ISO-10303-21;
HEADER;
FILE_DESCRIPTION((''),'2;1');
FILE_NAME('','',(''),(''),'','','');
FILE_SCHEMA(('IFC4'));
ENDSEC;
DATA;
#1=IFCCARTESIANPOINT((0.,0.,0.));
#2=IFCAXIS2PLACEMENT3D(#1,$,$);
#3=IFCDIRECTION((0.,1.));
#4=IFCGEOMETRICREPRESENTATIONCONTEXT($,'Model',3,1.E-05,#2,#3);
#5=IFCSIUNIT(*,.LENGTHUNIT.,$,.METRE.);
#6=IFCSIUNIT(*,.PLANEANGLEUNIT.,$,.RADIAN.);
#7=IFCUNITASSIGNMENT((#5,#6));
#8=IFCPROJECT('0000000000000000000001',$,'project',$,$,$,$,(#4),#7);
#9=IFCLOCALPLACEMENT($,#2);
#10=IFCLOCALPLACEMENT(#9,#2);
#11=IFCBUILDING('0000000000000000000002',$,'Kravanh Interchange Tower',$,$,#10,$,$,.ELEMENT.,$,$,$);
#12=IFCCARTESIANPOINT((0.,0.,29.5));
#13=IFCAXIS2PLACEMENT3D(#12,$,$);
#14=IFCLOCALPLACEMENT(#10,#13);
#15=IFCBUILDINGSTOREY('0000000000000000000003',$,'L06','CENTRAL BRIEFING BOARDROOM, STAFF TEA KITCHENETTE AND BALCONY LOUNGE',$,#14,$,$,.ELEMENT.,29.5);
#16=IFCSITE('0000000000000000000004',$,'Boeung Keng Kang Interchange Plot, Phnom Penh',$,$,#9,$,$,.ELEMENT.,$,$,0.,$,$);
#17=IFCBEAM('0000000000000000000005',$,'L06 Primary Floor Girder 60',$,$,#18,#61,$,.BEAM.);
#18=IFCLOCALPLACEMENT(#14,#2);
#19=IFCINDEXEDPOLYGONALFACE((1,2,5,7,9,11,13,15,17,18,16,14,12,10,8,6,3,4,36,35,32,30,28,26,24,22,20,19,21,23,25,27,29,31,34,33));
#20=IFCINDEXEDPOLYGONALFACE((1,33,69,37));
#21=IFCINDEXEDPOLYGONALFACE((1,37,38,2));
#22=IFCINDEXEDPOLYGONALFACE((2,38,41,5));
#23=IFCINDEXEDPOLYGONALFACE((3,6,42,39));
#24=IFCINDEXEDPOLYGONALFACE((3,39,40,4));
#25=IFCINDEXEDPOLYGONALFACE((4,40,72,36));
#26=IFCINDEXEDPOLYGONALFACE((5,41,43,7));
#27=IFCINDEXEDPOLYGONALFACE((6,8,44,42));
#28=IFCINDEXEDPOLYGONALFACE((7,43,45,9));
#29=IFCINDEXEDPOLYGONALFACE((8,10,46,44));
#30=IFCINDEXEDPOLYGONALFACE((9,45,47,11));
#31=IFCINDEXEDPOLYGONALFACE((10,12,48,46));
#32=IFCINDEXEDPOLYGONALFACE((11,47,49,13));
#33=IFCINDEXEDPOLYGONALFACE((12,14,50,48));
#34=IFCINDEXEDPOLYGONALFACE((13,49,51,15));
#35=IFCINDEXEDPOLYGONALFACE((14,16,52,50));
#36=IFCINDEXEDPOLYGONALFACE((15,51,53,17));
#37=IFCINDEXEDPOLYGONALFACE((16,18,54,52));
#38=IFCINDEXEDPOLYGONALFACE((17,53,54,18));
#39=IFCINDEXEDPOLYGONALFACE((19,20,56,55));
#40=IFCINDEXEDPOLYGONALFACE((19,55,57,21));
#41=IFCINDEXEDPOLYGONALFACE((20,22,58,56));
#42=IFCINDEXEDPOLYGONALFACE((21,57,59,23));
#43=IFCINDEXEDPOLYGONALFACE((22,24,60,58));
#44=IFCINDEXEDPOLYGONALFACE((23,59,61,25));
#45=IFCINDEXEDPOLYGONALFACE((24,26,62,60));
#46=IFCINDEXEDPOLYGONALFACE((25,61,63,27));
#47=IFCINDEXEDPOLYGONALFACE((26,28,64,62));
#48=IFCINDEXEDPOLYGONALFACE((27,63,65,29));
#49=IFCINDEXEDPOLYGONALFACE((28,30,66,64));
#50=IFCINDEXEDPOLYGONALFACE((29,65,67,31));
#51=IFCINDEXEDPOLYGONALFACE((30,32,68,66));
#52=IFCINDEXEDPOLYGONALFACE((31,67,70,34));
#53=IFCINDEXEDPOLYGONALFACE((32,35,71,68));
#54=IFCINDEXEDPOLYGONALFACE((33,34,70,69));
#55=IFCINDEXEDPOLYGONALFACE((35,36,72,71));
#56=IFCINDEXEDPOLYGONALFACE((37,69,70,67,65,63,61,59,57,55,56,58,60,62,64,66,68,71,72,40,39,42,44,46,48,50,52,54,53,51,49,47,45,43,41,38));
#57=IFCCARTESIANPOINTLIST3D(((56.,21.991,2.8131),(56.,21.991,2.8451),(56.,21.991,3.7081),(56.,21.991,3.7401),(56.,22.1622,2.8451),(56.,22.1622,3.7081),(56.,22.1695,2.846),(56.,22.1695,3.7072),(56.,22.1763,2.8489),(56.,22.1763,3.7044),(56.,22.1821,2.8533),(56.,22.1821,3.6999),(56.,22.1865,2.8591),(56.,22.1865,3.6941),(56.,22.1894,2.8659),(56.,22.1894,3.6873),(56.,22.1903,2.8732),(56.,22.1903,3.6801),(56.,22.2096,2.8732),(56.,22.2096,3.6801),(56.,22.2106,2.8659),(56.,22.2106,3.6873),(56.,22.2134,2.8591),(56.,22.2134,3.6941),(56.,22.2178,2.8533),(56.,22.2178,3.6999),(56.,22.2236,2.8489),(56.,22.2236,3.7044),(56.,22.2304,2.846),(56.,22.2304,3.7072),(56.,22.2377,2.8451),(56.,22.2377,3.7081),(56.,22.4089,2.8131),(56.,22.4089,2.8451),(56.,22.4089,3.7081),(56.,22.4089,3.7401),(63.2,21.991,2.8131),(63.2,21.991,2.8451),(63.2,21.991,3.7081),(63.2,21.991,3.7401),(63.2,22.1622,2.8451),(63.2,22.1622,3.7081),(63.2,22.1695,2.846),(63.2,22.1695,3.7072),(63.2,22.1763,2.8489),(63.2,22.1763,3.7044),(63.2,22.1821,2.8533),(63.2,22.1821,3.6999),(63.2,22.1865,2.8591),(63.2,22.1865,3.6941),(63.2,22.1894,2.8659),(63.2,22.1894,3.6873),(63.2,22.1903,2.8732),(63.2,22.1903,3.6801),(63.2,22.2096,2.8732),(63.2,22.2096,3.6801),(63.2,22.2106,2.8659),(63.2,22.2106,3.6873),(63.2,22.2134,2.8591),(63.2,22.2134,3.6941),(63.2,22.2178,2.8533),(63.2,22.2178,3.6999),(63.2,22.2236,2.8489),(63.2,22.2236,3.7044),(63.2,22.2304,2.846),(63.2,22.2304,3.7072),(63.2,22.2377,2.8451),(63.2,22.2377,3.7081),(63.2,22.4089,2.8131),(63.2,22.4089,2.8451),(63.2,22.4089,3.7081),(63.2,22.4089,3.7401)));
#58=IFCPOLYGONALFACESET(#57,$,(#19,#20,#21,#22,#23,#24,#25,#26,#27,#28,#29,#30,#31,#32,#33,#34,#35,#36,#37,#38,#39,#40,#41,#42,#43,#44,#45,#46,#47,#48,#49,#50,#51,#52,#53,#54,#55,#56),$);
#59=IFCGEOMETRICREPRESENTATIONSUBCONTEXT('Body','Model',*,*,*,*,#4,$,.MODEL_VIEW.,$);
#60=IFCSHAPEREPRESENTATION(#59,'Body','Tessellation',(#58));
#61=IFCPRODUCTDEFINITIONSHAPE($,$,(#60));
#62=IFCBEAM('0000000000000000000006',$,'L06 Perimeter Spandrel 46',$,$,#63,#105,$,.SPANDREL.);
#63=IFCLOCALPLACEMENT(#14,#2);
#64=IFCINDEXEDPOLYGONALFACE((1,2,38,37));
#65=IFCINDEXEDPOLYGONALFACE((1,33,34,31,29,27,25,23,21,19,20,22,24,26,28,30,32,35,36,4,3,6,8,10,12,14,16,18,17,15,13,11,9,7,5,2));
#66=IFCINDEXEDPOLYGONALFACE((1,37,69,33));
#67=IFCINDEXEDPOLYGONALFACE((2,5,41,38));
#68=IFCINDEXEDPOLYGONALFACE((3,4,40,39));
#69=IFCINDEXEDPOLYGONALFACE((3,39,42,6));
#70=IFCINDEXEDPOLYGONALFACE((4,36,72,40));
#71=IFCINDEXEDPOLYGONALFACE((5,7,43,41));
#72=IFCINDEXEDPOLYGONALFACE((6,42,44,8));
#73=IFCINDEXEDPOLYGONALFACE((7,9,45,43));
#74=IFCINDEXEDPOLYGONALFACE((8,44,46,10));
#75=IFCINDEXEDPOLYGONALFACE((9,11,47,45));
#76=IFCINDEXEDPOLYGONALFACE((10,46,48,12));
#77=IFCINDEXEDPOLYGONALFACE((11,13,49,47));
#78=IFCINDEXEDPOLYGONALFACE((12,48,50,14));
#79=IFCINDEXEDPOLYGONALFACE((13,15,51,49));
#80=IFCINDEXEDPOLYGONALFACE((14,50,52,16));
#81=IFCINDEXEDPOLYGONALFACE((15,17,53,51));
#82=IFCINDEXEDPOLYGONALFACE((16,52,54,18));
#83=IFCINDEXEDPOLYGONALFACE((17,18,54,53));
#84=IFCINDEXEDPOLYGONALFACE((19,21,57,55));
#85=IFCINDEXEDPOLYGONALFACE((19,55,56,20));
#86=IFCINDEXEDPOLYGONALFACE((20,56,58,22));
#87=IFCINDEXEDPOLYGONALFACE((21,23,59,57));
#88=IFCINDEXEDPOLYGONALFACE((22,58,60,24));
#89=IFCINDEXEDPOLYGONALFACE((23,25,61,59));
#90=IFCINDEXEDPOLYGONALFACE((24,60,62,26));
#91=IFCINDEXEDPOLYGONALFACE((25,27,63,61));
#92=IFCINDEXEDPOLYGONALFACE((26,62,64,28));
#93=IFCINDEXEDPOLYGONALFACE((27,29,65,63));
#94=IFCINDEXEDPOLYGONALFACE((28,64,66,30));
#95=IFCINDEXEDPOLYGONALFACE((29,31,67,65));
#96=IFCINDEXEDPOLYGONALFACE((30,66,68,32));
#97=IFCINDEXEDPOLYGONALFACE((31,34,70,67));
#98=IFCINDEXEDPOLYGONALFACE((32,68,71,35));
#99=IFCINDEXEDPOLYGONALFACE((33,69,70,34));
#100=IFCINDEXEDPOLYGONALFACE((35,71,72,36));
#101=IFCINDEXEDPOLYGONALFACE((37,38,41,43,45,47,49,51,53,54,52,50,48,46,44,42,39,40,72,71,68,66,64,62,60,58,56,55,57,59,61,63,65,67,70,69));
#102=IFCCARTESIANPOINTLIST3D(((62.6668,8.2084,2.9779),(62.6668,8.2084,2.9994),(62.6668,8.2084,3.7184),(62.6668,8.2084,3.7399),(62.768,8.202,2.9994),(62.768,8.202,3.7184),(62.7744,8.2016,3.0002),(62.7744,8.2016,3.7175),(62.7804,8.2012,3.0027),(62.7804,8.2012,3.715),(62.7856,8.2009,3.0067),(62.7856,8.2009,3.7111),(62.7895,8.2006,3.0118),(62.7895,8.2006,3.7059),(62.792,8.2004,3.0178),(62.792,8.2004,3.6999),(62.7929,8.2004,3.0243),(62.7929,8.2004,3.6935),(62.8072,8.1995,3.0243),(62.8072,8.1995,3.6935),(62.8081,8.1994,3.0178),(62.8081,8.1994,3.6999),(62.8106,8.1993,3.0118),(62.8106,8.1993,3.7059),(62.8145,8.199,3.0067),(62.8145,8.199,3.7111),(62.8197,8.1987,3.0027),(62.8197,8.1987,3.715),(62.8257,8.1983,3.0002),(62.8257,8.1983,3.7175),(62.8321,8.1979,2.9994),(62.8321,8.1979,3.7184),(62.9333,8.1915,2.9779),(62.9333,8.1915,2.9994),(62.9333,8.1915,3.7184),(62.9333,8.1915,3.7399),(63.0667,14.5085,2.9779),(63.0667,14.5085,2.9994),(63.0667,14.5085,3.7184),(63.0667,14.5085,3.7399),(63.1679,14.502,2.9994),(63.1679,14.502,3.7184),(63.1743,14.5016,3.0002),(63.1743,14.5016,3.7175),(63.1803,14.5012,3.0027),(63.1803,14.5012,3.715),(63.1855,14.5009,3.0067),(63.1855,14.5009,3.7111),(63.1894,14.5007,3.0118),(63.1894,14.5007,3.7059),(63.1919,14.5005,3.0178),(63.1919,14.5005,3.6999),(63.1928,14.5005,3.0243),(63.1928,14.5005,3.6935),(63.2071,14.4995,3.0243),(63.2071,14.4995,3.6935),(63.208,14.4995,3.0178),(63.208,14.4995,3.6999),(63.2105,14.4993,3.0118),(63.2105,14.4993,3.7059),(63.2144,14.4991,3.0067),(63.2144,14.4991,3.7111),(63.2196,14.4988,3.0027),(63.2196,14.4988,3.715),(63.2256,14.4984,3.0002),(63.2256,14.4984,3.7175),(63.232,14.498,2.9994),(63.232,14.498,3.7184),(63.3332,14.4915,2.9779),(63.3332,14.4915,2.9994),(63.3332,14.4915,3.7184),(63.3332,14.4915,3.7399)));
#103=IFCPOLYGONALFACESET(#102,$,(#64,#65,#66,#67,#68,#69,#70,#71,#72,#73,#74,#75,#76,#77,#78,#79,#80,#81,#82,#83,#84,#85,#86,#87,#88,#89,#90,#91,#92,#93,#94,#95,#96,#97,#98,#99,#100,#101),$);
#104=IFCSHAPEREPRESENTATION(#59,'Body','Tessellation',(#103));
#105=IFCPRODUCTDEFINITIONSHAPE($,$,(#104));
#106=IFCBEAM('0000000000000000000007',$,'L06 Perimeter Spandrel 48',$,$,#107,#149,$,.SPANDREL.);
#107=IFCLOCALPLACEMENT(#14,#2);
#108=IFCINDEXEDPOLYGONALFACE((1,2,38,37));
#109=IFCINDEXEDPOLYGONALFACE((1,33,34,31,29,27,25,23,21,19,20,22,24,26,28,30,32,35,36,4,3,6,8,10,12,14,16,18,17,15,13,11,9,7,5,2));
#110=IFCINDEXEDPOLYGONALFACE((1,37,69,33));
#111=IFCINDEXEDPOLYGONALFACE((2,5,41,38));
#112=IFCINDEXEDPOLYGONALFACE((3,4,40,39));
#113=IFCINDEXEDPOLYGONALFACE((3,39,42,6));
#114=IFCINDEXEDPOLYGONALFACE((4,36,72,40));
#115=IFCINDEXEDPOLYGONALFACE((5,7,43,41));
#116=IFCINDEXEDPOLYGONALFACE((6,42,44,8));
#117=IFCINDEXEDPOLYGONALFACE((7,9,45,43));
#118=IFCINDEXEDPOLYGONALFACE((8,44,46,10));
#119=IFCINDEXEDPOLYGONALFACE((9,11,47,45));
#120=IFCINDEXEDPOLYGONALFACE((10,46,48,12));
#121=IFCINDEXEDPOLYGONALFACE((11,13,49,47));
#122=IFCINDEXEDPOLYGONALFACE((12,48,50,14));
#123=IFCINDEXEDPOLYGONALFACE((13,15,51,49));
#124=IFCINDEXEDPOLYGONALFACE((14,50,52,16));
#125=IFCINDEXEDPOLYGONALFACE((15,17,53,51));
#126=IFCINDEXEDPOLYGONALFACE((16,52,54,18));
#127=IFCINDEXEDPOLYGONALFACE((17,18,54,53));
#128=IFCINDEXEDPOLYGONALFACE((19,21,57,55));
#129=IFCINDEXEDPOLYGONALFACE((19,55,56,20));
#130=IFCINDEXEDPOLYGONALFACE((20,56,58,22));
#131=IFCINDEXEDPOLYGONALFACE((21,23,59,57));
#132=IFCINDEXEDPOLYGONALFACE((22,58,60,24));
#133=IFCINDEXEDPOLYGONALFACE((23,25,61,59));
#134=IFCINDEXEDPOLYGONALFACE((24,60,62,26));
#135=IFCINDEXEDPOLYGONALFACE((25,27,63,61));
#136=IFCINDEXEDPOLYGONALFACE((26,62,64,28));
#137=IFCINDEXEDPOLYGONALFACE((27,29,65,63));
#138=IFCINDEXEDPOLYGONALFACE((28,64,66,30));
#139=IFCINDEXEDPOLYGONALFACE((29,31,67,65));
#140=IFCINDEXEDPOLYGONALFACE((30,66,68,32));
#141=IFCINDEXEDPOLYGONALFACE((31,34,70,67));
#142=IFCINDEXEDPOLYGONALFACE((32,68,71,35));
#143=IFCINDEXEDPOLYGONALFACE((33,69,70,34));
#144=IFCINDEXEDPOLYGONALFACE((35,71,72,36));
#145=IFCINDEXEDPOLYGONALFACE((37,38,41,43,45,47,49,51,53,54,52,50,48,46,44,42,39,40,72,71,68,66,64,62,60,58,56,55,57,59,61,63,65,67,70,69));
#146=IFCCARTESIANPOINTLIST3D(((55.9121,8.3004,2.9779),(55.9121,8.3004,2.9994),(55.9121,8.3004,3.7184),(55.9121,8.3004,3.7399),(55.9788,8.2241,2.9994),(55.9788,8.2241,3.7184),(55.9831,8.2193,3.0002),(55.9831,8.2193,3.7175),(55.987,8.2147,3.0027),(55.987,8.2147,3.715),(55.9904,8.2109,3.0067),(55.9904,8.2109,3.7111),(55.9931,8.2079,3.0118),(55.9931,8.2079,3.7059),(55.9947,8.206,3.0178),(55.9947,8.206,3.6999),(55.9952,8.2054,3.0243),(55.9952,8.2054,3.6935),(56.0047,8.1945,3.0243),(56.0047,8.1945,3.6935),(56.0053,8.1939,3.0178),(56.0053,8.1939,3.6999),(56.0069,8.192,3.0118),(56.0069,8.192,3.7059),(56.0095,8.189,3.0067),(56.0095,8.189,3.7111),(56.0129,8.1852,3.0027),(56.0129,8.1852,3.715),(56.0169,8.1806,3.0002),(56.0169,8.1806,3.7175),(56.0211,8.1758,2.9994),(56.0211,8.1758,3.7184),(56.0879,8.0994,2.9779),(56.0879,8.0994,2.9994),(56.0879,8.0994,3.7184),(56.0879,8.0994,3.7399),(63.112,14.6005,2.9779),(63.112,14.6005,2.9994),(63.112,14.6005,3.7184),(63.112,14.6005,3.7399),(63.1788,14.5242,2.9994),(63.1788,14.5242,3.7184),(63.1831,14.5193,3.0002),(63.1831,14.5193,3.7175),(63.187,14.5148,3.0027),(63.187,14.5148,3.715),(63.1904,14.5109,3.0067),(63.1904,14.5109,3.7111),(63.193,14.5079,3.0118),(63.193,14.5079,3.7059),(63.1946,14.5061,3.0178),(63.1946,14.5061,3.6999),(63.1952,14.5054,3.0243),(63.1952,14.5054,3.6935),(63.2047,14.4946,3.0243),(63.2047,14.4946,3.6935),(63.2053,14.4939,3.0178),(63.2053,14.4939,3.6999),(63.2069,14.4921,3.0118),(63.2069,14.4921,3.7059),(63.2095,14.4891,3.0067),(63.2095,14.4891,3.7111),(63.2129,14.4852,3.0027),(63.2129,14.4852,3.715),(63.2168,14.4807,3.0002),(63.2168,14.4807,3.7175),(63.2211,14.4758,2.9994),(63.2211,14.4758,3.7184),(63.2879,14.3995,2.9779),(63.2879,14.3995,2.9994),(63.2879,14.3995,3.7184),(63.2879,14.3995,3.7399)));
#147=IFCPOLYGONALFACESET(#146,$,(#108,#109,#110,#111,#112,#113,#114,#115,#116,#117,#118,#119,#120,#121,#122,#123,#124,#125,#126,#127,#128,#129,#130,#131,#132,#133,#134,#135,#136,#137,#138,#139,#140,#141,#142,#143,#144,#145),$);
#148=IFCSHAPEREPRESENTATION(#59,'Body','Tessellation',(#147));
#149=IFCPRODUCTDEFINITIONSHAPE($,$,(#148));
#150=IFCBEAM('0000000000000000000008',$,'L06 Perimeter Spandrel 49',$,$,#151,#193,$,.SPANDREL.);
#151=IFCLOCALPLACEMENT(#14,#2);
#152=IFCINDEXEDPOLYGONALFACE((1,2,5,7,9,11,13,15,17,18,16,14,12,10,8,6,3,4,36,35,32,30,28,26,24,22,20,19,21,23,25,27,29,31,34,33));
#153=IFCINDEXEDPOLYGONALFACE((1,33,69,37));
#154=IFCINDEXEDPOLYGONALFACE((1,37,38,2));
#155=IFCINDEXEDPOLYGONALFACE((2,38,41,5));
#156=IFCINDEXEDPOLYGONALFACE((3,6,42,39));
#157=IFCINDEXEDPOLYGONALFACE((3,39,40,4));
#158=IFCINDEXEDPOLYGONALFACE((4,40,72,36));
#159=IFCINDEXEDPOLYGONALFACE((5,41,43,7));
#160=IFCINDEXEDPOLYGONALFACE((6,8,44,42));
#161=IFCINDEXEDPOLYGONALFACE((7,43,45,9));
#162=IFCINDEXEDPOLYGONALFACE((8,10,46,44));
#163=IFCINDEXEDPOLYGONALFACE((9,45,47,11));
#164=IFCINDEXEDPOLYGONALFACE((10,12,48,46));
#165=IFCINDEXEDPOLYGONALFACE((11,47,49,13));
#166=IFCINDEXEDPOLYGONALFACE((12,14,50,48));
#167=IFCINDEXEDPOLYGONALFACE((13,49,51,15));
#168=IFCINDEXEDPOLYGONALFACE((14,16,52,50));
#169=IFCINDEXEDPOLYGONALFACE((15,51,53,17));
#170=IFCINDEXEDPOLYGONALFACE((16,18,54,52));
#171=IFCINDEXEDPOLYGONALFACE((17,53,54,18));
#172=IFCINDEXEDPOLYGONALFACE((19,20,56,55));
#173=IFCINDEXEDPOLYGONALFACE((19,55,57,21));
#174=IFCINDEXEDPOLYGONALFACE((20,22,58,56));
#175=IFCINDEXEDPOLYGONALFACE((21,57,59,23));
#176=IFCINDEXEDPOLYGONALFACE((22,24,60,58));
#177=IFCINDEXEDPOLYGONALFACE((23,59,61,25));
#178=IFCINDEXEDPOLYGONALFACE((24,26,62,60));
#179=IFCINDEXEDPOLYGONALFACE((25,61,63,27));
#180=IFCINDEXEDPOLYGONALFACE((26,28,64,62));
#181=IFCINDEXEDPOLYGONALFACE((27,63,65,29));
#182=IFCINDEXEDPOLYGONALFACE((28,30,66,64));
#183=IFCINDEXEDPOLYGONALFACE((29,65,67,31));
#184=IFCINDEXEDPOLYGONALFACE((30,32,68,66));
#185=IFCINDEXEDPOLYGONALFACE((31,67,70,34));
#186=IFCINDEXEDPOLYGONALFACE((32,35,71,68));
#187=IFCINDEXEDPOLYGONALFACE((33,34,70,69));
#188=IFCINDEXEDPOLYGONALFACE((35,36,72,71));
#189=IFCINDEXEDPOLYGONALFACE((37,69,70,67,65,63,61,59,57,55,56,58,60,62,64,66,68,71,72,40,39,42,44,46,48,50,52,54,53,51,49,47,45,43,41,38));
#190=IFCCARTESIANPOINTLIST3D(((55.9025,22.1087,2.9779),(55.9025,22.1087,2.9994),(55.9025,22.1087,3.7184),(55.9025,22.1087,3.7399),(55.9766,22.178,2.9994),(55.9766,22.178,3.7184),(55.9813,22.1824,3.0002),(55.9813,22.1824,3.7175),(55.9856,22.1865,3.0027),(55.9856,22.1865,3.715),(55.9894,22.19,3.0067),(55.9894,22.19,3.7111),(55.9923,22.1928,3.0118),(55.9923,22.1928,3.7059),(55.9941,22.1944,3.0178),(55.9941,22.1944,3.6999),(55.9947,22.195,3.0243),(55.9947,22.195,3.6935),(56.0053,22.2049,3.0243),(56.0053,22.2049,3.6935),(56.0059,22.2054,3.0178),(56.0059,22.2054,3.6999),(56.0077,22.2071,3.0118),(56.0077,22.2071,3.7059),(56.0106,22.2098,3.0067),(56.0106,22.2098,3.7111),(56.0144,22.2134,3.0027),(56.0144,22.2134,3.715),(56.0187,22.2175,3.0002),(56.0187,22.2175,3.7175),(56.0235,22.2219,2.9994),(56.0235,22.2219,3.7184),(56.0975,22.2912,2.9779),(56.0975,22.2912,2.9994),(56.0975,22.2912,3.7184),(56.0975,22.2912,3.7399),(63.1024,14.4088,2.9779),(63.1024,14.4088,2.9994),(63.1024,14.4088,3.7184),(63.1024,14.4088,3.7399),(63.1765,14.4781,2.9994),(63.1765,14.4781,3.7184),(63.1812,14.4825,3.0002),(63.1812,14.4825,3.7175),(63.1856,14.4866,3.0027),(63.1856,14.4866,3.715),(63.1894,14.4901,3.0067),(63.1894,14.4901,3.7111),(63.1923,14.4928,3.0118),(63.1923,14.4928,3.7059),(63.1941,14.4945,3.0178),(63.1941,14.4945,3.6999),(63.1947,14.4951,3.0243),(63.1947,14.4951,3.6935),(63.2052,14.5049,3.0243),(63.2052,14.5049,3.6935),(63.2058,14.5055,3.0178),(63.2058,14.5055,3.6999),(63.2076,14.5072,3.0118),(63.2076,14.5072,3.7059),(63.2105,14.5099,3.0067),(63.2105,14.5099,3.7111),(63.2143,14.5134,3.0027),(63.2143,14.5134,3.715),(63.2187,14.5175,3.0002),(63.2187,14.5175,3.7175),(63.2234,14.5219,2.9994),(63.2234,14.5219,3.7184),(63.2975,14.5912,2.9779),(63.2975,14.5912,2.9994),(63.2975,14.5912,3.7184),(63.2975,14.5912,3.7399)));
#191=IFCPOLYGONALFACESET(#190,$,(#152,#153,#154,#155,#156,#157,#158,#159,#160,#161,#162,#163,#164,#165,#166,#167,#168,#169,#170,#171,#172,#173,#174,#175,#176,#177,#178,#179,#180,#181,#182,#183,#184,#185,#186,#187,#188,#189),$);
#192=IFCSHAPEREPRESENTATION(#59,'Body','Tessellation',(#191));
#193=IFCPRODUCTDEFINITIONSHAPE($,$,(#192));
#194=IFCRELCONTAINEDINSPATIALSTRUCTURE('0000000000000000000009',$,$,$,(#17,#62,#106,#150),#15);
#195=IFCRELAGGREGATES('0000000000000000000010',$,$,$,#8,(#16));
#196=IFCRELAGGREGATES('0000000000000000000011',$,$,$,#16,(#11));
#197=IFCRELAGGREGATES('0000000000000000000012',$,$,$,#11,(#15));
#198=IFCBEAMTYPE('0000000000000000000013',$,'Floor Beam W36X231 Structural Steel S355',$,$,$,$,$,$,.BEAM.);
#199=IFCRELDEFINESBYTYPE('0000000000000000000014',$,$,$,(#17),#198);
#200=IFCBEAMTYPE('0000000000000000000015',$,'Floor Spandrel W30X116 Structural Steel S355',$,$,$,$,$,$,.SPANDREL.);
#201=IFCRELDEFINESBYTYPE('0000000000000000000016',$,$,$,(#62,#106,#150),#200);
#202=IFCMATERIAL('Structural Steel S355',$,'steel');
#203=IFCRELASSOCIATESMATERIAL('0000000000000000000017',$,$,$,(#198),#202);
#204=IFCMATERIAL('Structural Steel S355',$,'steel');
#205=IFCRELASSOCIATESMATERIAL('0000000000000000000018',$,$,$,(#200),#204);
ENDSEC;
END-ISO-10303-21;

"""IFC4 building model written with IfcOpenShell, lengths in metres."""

from ifc_helpers import new_model, si_unit, direction, frame, origin, origin_2d, place, context, subcontext, project, spatial, i_section, extrude, material, material_profile, profile_set, type_object, element, save


model = new_model("IFC4")

# Units and contexts
model_context = context("Model", 3, precision=1e-05, world=origin(), true_north=direction((0.0, 1.0)))
body_context = subcontext(model_context, "Body", "Model", "MODEL_VIEW")
ifc_project = project(units=[si_unit("LENGTHUNIT", "METRE"), si_unit("PLANEANGLEUNIT", "RADIAN")], contexts=[model_context])

# Site, building, storey
site_placement = place(None, origin())
site = spatial("IfcSite", under=ifc_project, at=site_placement, Name="Boeung Keng Kang Interchange Plot, Phnom Penh", CompositionType="ELEMENT", RefElevation=0.0)
building_placement = place(site_placement, origin())
building = spatial("IfcBuilding", under=site, at=building_placement, Name="Kravanh Interchange Tower", CompositionType="ELEMENT")
storey_placement = place(building_placement, frame((0.0, 0.0, 29.5)))
storey = spatial("IfcBuildingStorey", under=building, at=storey_placement, Name="L06", Description="CENTRAL BRIEFING BOARDROOM, STAFF TEA KITCHENETTE AND BALCONY LOUNGE", CompositionType="ELEMENT", Elevation=29.5)

# Beams
ifc_material_1 = material(Name="Structural Steel S355", Category="steel")
ifc_material_profile_1 = material_profile(ifc_material_1, i_section(OverallWidth=0.418, OverallDepth=0.927, WebThickness=0.0193, FlangeThickness=0.032, FilletRadius=0.0281, at=origin_2d()), Name="W36X231")
ifc_profile_set_1 = profile_set([ifc_material_profile_1], Name="Structural Steel S355")
beam_type_1 = type_object("IfcBeamType", Name="Floor Beam W36X231 Structural Steel S355", PredefinedType="BEAM", material=ifc_profile_set_1)
beam_1_placement = place(storey_placement, frame((56.0, 22.2, 3.2766), z_axis=(1.0, 0.0, 0.0), x_axis=(0.0, 1.0, 0.0)))
element("IfcBeam", 1, at=beam_1_placement, inside=storey, type_object=beam_type_1, Name="L06 Primary Floor Girder 60", PredefinedType="BEAM", context=body_context, shape_type="SweptSolid", body=[
    extrude(i_section(OverallWidth=0.418, OverallDepth=0.927, WebThickness=0.0193, FlangeThickness=0.032, FilletRadius=0.0281, at=origin_2d()), origin(), (0.0, 0.0, 1.0), 7.2),
])
ifc_material_2 = material(Name="Structural Steel S355", Category="steel")
ifc_material_profile_2 = material_profile(ifc_material_2, i_section(OverallWidth=0.2671, OverallDepth=0.762, WebThickness=0.0144, FlangeThickness=0.0215, FilletRadius=0.0249, at=origin_2d()), Name="W30X116")
ifc_profile_set_2 = profile_set([ifc_material_profile_2], Name="Structural Steel S355")
beam_type_2 = type_object("IfcBeamType", Name="Floor Spandrel W30X116 Structural Steel S355", PredefinedType="SPANDREL", material=ifc_profile_set_2)
beam_2_placement = place(storey_placement, frame((63.2, 14.5, 3.3589), z_axis=(-0.063349, -0.997991, 0.0), x_axis=(0.997991, -0.063349, 0.0)))
element("IfcBeam", 2, at=beam_2_placement, inside=storey, type_object=beam_type_2, Name="L06 Perimeter Spandrel 46", PredefinedType="SPANDREL", context=body_context, shape_type="SweptSolid", body=[
    extrude(i_section(OverallWidth=0.2671, OverallDepth=0.762, WebThickness=0.0144, FlangeThickness=0.0215, FilletRadius=0.0249, at=origin_2d()), origin(), (0.0, 0.0, 1.0), 6.3127),
])
beam_3_placement = place(storey_placement, frame((63.2, 14.5, 3.3589), z_axis=(-0.752572, -0.65851, 0.0), x_axis=(0.65851, -0.752572, 0.0)))
element("IfcBeam", 3, at=beam_3_placement, inside=storey, type_object=beam_type_2, Name="L06 Perimeter Spandrel 48", PredefinedType="SPANDREL", context=body_context, shape_type="SweptSolid", body=[
    extrude(i_section(OverallWidth=0.2671, OverallDepth=0.762, WebThickness=0.0144, FlangeThickness=0.0215, FilletRadius=0.0249, at=origin_2d()), origin(), (0.0, 0.0, 1.0), 9.5671),
])
beam_4_placement = place(storey_placement, frame((63.2, 14.5, 3.3589), z_axis=(-0.682994, 0.730424, 0.0), x_axis=(-0.730424, -0.682994, 0.0)))
element("IfcBeam", 4, at=beam_4_placement, inside=storey, type_object=beam_type_2, Name="L06 Perimeter Spandrel 49", PredefinedType="SPANDREL", context=body_context, shape_type="SweptSolid", body=[
    extrude(i_section(OverallWidth=0.2671, OverallDepth=0.762, WebThickness=0.0144, FlangeThickness=0.0215, FilletRadius=0.0249, at=origin_2d()), origin(), (0.0, 0.0, 1.0), 10.5417),
])

save(model, "model.ifc")
